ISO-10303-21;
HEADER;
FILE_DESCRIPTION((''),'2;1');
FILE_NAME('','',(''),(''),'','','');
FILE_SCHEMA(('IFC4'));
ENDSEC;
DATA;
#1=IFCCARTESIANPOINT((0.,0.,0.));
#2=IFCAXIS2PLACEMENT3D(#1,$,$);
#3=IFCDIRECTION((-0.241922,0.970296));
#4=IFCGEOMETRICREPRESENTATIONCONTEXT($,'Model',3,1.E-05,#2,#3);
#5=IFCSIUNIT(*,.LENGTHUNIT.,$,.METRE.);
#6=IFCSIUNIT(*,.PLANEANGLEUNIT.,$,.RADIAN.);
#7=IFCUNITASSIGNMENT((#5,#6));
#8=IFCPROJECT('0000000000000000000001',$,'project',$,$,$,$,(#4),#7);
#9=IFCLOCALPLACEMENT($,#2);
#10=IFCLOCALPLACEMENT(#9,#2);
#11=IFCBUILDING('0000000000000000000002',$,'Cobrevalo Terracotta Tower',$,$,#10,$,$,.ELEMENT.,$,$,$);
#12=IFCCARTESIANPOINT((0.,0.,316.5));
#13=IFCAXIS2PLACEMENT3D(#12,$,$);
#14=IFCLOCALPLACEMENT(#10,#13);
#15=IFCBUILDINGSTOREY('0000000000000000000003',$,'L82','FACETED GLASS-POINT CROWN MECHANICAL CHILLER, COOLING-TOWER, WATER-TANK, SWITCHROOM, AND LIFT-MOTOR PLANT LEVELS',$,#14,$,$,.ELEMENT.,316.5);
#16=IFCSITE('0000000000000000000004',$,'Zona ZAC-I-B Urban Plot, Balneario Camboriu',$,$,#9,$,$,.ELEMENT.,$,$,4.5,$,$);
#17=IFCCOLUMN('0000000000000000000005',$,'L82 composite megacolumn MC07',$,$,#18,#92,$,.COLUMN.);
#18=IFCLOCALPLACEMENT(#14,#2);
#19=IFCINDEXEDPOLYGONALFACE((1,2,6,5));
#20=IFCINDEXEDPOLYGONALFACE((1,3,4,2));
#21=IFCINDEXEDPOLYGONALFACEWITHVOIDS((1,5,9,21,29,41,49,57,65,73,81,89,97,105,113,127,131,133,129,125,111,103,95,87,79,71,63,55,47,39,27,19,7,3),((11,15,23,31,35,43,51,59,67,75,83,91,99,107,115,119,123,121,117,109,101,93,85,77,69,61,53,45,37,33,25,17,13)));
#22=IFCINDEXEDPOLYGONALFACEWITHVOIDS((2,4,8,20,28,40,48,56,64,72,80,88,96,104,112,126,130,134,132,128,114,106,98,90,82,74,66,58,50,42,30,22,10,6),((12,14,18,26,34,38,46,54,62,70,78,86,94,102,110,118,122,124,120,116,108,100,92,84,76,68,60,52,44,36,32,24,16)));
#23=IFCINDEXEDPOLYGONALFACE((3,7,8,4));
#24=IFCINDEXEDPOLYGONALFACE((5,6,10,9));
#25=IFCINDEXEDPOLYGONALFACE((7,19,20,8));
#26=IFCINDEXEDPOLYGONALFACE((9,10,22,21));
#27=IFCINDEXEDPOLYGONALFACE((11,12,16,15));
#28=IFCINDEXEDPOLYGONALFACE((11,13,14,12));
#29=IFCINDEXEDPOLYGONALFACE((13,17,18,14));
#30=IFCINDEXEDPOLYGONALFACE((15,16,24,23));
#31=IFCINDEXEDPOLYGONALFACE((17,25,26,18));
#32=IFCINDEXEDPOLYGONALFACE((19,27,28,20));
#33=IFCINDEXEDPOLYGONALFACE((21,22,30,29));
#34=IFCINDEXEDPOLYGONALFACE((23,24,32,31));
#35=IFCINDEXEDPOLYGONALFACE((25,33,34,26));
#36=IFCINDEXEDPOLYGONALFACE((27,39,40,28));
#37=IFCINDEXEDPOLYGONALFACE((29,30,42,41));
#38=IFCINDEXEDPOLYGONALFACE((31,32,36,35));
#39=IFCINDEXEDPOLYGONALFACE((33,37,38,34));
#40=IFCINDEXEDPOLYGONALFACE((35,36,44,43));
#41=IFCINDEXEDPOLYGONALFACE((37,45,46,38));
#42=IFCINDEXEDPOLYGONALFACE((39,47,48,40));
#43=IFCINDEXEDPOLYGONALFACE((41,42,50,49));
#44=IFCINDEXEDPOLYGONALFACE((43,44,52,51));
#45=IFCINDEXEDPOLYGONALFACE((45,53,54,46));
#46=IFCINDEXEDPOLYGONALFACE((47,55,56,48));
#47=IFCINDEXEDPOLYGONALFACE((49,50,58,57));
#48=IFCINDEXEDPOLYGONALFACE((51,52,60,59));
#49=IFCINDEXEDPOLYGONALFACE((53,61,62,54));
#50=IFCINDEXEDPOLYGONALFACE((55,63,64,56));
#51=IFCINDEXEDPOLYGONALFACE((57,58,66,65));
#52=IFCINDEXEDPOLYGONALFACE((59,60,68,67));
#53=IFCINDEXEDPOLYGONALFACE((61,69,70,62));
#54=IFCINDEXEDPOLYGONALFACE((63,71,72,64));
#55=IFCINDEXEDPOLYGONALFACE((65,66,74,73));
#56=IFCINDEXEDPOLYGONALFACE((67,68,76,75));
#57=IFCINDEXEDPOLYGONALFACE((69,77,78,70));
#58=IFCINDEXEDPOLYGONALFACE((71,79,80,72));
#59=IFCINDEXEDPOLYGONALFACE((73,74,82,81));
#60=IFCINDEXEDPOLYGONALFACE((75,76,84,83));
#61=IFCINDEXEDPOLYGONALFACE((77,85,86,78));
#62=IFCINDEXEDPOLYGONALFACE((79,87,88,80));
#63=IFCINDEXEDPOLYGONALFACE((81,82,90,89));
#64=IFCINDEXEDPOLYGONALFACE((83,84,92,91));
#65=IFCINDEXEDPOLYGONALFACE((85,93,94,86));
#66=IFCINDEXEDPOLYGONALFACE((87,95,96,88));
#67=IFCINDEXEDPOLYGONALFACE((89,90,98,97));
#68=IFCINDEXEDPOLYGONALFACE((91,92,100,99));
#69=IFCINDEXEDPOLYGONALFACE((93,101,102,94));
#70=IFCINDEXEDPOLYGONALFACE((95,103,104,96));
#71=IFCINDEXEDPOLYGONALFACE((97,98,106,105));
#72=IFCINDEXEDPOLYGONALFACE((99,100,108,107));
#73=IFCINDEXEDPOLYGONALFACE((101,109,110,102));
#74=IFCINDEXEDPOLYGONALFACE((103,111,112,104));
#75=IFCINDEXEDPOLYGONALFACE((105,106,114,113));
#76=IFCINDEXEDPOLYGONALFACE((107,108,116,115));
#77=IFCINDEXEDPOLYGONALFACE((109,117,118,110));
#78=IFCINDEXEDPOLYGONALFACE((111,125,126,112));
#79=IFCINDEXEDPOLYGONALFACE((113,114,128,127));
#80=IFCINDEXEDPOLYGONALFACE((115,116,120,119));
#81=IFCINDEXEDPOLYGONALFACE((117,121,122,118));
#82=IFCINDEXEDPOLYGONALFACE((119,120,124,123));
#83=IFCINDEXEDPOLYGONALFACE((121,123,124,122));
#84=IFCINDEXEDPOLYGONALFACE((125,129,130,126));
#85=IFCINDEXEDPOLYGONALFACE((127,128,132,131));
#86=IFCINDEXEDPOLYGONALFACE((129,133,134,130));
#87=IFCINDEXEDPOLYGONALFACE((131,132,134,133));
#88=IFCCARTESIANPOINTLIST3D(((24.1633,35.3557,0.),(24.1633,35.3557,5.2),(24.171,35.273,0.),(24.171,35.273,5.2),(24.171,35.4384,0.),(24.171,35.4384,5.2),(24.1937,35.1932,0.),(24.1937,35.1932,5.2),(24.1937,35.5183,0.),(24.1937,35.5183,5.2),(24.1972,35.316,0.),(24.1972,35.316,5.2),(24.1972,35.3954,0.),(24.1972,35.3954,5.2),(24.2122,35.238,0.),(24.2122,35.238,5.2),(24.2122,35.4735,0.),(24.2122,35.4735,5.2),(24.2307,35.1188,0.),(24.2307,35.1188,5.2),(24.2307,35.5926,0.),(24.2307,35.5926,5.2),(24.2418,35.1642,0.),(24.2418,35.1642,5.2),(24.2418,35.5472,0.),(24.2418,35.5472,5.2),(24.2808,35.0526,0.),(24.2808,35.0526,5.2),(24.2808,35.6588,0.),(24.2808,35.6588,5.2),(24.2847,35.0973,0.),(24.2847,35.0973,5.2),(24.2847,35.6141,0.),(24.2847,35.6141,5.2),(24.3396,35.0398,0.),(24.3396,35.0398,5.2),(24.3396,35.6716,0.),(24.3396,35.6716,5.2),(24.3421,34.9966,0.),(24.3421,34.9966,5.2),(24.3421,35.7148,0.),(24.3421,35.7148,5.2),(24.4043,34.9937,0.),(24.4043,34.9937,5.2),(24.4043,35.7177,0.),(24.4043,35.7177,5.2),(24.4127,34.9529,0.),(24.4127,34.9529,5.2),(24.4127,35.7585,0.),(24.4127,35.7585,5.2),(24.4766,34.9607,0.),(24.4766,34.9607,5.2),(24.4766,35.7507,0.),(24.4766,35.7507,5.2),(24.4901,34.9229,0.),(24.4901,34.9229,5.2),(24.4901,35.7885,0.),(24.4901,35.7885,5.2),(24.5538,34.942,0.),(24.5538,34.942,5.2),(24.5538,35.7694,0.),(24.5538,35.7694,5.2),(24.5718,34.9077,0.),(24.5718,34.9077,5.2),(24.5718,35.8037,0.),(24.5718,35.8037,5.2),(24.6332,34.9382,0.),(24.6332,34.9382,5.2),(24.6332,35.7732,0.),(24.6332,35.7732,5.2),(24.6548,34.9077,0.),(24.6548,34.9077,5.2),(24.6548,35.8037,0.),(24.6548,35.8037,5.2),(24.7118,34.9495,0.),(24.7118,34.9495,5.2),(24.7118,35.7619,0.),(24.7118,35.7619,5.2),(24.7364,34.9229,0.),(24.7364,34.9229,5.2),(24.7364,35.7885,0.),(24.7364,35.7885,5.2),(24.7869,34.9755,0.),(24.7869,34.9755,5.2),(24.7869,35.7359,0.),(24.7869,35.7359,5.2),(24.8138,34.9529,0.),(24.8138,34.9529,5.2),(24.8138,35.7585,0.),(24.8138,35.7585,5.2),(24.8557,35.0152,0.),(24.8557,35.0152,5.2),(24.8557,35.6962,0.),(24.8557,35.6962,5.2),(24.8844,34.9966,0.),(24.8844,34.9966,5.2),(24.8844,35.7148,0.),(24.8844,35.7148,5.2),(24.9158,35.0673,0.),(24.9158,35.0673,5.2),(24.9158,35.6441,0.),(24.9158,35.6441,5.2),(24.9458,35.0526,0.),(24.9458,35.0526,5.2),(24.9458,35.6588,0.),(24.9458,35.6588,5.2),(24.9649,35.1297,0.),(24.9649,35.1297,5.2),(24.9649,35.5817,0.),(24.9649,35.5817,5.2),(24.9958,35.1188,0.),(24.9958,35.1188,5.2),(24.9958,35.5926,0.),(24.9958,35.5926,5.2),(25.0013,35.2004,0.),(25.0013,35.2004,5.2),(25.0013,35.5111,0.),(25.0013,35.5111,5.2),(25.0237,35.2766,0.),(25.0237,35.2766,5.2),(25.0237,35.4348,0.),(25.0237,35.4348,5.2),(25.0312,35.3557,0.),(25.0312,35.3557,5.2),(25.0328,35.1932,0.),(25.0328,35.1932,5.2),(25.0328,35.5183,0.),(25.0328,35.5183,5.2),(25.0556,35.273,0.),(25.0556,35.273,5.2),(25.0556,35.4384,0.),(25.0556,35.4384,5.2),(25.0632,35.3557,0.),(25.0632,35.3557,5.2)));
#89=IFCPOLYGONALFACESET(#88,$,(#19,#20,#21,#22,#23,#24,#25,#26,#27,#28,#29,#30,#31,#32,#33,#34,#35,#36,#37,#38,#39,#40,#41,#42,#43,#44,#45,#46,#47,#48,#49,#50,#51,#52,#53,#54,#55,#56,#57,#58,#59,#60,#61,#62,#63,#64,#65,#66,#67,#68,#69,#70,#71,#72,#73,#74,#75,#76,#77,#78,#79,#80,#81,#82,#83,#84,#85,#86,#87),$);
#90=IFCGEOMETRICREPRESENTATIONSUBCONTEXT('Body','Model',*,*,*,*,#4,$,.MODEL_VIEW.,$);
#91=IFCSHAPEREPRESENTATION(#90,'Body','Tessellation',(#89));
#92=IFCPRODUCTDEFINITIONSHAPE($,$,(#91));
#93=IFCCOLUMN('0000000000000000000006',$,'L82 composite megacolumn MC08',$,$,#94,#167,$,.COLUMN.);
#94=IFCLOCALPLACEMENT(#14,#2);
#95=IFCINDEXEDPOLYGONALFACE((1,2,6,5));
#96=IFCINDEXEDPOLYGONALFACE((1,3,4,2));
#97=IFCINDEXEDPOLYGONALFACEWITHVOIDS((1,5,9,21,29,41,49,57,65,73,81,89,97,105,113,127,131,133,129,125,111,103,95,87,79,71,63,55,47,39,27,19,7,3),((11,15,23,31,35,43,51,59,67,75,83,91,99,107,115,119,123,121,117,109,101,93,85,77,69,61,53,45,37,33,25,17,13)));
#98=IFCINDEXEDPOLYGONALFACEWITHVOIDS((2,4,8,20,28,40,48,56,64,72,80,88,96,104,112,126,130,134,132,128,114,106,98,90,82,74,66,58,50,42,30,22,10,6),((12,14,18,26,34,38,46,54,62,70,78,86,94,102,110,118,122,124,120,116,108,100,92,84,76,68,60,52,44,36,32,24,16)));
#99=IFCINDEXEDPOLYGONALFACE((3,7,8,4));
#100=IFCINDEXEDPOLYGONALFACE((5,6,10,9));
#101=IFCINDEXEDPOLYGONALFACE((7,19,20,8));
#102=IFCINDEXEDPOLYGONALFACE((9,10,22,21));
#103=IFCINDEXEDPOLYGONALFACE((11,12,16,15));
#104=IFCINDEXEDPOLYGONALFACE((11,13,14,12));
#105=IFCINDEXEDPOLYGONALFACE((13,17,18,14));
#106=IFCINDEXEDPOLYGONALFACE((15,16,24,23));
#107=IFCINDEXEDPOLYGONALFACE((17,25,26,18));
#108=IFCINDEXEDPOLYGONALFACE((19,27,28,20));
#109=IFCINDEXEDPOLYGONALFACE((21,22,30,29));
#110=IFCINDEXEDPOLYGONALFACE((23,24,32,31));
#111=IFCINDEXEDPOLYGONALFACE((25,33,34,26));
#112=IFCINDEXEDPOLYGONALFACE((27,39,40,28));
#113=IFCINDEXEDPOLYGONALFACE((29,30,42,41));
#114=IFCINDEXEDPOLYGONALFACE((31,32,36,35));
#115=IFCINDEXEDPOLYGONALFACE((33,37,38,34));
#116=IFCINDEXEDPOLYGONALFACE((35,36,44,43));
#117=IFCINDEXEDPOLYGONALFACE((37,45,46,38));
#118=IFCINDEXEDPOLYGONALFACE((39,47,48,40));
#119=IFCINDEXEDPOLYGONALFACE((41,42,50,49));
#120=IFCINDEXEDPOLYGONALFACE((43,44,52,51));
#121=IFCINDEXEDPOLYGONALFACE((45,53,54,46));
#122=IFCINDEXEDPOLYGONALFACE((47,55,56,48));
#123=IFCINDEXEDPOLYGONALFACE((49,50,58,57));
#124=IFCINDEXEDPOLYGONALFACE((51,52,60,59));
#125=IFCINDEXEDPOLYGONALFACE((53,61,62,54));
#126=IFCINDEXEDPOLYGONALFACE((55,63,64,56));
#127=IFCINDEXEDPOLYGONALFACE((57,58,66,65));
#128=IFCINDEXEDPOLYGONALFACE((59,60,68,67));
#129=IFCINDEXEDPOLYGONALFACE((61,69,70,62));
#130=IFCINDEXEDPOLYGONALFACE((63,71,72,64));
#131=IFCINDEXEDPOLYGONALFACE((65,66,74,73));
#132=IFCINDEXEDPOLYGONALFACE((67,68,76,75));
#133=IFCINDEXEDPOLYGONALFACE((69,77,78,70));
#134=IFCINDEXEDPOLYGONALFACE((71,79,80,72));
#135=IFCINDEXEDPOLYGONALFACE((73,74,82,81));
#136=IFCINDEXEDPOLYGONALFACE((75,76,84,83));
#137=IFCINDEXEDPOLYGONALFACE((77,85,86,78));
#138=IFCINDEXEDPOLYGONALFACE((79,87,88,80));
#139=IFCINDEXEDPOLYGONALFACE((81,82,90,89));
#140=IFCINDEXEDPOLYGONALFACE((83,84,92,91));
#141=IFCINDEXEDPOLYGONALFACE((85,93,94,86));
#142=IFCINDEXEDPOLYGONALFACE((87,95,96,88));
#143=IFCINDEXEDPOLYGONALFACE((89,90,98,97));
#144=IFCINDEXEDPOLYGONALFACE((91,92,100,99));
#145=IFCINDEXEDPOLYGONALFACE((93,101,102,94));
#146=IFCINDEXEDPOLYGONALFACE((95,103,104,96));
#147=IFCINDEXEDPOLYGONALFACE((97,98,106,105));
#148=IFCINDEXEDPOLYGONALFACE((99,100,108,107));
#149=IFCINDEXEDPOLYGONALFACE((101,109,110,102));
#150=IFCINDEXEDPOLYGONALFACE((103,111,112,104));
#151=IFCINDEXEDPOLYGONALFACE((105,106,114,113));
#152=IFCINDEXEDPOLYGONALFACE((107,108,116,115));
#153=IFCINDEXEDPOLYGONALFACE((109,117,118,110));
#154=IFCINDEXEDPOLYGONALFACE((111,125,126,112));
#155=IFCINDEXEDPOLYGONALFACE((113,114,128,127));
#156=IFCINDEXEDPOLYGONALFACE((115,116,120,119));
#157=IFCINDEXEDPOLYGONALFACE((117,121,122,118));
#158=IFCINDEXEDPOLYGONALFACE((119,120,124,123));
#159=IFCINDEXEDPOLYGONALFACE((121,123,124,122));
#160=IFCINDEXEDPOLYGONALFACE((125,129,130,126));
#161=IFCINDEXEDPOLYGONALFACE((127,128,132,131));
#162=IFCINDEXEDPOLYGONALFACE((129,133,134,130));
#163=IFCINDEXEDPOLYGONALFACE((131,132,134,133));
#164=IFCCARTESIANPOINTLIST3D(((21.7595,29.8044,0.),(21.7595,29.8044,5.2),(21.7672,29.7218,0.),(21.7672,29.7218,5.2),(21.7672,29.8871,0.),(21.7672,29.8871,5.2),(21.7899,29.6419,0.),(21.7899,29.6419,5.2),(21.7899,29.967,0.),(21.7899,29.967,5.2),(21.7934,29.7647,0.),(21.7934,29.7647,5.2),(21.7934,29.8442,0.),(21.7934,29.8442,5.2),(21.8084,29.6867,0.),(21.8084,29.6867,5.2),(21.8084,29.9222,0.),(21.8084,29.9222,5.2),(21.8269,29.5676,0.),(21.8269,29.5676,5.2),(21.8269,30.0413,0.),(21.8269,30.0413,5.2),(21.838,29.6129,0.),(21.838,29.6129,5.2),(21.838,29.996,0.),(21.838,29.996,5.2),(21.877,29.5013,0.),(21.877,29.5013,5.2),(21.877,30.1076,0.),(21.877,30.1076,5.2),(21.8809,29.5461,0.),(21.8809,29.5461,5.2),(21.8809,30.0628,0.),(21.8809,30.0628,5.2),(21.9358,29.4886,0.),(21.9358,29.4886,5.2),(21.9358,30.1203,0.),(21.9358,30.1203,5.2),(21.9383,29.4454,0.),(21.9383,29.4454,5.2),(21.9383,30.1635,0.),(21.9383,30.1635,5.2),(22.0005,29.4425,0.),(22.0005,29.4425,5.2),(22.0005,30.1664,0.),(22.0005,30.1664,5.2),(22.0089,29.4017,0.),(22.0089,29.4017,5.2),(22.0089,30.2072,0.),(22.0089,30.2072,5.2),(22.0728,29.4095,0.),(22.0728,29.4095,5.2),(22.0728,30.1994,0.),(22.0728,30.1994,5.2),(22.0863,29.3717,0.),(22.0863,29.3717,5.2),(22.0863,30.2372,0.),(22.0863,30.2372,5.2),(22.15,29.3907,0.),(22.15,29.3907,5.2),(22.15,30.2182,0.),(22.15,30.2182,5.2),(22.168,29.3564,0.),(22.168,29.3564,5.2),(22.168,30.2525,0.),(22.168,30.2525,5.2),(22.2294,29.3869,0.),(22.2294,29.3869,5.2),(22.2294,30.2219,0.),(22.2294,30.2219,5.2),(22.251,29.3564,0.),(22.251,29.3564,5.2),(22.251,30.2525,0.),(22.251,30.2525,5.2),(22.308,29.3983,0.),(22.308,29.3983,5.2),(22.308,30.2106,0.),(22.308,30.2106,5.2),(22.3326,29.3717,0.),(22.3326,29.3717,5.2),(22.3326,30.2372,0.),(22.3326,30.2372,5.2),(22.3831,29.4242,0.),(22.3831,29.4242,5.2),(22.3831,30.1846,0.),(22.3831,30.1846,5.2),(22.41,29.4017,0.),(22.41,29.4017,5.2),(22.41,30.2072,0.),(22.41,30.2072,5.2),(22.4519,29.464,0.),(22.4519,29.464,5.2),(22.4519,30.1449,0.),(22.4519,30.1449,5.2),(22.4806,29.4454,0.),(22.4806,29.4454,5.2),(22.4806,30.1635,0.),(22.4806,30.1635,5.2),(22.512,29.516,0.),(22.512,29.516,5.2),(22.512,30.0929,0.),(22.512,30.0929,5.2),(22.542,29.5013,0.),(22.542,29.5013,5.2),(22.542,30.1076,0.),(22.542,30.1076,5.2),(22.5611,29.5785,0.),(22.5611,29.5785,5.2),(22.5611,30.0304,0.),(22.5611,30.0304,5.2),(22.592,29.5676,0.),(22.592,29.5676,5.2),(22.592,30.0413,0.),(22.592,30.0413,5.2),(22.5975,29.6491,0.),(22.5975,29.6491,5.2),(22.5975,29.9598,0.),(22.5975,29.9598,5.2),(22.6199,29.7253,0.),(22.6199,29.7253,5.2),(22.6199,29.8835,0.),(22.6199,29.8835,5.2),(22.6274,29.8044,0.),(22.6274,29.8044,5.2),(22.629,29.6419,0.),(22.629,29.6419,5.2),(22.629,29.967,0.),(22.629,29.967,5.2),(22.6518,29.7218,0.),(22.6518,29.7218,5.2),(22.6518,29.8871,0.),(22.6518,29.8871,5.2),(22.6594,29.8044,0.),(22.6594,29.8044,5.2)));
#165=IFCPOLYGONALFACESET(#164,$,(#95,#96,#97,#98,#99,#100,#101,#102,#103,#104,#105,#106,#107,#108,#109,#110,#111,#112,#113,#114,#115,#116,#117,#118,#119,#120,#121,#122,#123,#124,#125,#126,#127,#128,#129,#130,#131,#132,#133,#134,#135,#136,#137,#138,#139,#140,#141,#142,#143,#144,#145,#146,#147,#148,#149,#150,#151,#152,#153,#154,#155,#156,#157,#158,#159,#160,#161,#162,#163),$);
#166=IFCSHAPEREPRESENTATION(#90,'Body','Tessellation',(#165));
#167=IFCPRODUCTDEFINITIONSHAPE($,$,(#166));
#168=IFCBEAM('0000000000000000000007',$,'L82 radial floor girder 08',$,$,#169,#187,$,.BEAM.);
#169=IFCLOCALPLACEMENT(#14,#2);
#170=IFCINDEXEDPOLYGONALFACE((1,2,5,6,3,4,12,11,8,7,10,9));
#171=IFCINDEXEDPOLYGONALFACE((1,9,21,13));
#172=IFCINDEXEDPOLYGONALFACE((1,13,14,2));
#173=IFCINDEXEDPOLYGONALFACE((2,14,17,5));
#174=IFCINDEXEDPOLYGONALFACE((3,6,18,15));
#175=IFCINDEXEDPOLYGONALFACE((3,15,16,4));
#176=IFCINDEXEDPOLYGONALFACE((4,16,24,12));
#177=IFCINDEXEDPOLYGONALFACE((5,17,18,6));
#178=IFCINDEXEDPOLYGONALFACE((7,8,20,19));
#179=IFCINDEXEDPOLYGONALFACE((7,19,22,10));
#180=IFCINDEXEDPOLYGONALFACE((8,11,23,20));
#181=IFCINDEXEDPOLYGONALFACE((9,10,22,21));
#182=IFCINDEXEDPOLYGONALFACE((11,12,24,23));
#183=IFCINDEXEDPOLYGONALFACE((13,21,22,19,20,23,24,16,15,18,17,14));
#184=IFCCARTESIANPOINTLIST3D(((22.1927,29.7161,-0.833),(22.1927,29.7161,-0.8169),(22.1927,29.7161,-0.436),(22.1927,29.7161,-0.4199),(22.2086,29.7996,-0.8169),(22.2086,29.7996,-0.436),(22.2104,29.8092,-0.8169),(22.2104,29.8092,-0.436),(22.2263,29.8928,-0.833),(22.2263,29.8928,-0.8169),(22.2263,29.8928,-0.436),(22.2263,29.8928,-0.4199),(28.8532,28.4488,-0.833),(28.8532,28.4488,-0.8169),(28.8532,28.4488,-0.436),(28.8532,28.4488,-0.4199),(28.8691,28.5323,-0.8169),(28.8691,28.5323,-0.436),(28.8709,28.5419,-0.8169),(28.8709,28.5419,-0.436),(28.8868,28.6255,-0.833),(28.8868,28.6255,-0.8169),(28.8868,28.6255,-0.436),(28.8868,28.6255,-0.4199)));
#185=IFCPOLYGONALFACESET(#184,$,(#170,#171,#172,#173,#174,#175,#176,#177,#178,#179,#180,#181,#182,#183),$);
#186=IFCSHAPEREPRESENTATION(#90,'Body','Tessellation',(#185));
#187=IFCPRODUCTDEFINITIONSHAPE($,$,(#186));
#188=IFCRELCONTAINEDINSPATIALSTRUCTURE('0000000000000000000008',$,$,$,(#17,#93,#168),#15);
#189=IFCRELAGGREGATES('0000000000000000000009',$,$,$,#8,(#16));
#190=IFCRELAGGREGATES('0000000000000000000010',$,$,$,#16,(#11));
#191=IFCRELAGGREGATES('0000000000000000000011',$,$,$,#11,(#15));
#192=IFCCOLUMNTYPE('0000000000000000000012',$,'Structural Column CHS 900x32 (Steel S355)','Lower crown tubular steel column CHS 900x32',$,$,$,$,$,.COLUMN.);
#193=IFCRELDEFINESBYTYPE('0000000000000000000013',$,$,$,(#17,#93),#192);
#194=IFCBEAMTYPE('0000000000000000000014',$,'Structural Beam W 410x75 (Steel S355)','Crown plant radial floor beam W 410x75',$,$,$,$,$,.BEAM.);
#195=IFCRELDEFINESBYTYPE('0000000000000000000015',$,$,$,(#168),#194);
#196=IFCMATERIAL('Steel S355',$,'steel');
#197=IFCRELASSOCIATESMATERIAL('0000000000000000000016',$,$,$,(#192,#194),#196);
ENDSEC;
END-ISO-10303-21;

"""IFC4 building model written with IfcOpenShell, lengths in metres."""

from ifc_helpers import new_model, si_unit, direction, frame, origin, origin_2d, place, context, subcontext, project, spatial, hollow_circle, i_section, extrude, material, material_profile, profile_set, type_object, element, save


model = new_model("IFC4")

# Units and contexts
model_context = context("Model", 3, precision=1e-05, world=origin(), true_north=direction((-0.241922, 0.970296)))
body_context = subcontext(model_context, "Body", "Model", "MODEL_VIEW")
ifc_project = project(units=[si_unit("LENGTHUNIT", "METRE"), si_unit("PLANEANGLEUNIT", "RADIAN")], contexts=[model_context])

# Site, building, storey
site_placement = place(None, origin())
site = spatial("IfcSite", under=ifc_project, at=site_placement, Name="Zona ZAC-I-B Urban Plot, Balneario Camboriu", CompositionType="ELEMENT", RefElevation=4.5)
building_placement = place(site_placement, origin())
building = spatial("IfcBuilding", under=site, at=building_placement, Name="Cobrevalo Terracotta Tower", CompositionType="ELEMENT")
storey_placement = place(building_placement, frame((0.0, 0.0, 316.5)))
storey = spatial("IfcBuildingStorey", under=building, at=storey_placement, Name="L82", Description="FACETED GLASS-POINT CROWN MECHANICAL CHILLER, COOLING-TOWER, WATER-TANK, SWITCHROOM, AND LIFT-MOTOR PLANT LEVELS", CompositionType="ELEMENT", Elevation=316.5)

# Columns
ifc_material_1 = material(Name="Steel S355", Category="steel")
ifc_material_profile_1 = material_profile(ifc_material_1, hollow_circle(Radius=0.45, WallThickness=0.032, at=origin_2d()), Name="CHS 900x32")
ifc_profile_set_1 = profile_set([ifc_material_profile_1], Name="Steel S355")
column_type = type_object("IfcColumnType", Name="Structural Column CHS 900x32 (Steel S355)", Description="Lower crown tubular steel column CHS 900x32", PredefinedType="COLUMN", material=ifc_profile_set_1)
for number, where, z_axis, x_axis, name in (
    (1, (24.6133, 35.3557, 0.0), (0.0, 0.0, 1.0), (1.0, 0.0, 0.0), "L82 composite megacolumn MC07"),
    (2, (22.2095, 29.8044, 0.0), (0.0, 0.0, 1.0), (1.0, 0.0, 0.0), "L82 composite megacolumn MC08"),
):
    element("IfcColumn", number, at=place(storey_placement, frame(where, z_axis=z_axis, x_axis=x_axis)), inside=storey, type_object=column_type, Name=name, PredefinedType="COLUMN", context=body_context, shape_type="SweptSolid", body=[
        extrude(hollow_circle(Radius=0.45, WallThickness=0.032, at=origin_2d()), origin(), (0.0, 0.0, 1.0), 5.2),
    ])

# Beam
ifc_material_profile_2 = material_profile(ifc_material_1, i_section(OverallWidth=0.1799, OverallDepth=0.4131, WebThickness=0.0098, FlangeThickness=0.0161, at=origin_2d()), Name="W 410x75")
ifc_profile_set_2 = profile_set([ifc_material_profile_2], Name="Steel S355")
beam_type_1 = type_object("IfcBeamType", Name="Structural Beam W 410x75 (Steel S355)", Description="Crown plant radial floor beam W 410x75", PredefinedType="BEAM", material=ifc_profile_set_2)
beam_1_placement = place(storey_placement, frame((22.2095, 29.8044, -0.6265), z_axis=(0.982375, -0.186919, 0.0), x_axis=(0.186919, 0.982375, 0.0)))
element("IfcBeam", 3, at=beam_1_placement, inside=storey, type_object=beam_type_1, Name="L82 radial floor girder 08", PredefinedType="BEAM", context=body_context, shape_type="SweptSolid", body=[
    extrude(i_section(OverallWidth=0.1799, OverallDepth=0.4131, WebThickness=0.0098, FlangeThickness=0.0161, at=origin_2d()), origin(), (0.0, 0.0, 1.0), 6.78),
])

save(model, "model.ifc")
